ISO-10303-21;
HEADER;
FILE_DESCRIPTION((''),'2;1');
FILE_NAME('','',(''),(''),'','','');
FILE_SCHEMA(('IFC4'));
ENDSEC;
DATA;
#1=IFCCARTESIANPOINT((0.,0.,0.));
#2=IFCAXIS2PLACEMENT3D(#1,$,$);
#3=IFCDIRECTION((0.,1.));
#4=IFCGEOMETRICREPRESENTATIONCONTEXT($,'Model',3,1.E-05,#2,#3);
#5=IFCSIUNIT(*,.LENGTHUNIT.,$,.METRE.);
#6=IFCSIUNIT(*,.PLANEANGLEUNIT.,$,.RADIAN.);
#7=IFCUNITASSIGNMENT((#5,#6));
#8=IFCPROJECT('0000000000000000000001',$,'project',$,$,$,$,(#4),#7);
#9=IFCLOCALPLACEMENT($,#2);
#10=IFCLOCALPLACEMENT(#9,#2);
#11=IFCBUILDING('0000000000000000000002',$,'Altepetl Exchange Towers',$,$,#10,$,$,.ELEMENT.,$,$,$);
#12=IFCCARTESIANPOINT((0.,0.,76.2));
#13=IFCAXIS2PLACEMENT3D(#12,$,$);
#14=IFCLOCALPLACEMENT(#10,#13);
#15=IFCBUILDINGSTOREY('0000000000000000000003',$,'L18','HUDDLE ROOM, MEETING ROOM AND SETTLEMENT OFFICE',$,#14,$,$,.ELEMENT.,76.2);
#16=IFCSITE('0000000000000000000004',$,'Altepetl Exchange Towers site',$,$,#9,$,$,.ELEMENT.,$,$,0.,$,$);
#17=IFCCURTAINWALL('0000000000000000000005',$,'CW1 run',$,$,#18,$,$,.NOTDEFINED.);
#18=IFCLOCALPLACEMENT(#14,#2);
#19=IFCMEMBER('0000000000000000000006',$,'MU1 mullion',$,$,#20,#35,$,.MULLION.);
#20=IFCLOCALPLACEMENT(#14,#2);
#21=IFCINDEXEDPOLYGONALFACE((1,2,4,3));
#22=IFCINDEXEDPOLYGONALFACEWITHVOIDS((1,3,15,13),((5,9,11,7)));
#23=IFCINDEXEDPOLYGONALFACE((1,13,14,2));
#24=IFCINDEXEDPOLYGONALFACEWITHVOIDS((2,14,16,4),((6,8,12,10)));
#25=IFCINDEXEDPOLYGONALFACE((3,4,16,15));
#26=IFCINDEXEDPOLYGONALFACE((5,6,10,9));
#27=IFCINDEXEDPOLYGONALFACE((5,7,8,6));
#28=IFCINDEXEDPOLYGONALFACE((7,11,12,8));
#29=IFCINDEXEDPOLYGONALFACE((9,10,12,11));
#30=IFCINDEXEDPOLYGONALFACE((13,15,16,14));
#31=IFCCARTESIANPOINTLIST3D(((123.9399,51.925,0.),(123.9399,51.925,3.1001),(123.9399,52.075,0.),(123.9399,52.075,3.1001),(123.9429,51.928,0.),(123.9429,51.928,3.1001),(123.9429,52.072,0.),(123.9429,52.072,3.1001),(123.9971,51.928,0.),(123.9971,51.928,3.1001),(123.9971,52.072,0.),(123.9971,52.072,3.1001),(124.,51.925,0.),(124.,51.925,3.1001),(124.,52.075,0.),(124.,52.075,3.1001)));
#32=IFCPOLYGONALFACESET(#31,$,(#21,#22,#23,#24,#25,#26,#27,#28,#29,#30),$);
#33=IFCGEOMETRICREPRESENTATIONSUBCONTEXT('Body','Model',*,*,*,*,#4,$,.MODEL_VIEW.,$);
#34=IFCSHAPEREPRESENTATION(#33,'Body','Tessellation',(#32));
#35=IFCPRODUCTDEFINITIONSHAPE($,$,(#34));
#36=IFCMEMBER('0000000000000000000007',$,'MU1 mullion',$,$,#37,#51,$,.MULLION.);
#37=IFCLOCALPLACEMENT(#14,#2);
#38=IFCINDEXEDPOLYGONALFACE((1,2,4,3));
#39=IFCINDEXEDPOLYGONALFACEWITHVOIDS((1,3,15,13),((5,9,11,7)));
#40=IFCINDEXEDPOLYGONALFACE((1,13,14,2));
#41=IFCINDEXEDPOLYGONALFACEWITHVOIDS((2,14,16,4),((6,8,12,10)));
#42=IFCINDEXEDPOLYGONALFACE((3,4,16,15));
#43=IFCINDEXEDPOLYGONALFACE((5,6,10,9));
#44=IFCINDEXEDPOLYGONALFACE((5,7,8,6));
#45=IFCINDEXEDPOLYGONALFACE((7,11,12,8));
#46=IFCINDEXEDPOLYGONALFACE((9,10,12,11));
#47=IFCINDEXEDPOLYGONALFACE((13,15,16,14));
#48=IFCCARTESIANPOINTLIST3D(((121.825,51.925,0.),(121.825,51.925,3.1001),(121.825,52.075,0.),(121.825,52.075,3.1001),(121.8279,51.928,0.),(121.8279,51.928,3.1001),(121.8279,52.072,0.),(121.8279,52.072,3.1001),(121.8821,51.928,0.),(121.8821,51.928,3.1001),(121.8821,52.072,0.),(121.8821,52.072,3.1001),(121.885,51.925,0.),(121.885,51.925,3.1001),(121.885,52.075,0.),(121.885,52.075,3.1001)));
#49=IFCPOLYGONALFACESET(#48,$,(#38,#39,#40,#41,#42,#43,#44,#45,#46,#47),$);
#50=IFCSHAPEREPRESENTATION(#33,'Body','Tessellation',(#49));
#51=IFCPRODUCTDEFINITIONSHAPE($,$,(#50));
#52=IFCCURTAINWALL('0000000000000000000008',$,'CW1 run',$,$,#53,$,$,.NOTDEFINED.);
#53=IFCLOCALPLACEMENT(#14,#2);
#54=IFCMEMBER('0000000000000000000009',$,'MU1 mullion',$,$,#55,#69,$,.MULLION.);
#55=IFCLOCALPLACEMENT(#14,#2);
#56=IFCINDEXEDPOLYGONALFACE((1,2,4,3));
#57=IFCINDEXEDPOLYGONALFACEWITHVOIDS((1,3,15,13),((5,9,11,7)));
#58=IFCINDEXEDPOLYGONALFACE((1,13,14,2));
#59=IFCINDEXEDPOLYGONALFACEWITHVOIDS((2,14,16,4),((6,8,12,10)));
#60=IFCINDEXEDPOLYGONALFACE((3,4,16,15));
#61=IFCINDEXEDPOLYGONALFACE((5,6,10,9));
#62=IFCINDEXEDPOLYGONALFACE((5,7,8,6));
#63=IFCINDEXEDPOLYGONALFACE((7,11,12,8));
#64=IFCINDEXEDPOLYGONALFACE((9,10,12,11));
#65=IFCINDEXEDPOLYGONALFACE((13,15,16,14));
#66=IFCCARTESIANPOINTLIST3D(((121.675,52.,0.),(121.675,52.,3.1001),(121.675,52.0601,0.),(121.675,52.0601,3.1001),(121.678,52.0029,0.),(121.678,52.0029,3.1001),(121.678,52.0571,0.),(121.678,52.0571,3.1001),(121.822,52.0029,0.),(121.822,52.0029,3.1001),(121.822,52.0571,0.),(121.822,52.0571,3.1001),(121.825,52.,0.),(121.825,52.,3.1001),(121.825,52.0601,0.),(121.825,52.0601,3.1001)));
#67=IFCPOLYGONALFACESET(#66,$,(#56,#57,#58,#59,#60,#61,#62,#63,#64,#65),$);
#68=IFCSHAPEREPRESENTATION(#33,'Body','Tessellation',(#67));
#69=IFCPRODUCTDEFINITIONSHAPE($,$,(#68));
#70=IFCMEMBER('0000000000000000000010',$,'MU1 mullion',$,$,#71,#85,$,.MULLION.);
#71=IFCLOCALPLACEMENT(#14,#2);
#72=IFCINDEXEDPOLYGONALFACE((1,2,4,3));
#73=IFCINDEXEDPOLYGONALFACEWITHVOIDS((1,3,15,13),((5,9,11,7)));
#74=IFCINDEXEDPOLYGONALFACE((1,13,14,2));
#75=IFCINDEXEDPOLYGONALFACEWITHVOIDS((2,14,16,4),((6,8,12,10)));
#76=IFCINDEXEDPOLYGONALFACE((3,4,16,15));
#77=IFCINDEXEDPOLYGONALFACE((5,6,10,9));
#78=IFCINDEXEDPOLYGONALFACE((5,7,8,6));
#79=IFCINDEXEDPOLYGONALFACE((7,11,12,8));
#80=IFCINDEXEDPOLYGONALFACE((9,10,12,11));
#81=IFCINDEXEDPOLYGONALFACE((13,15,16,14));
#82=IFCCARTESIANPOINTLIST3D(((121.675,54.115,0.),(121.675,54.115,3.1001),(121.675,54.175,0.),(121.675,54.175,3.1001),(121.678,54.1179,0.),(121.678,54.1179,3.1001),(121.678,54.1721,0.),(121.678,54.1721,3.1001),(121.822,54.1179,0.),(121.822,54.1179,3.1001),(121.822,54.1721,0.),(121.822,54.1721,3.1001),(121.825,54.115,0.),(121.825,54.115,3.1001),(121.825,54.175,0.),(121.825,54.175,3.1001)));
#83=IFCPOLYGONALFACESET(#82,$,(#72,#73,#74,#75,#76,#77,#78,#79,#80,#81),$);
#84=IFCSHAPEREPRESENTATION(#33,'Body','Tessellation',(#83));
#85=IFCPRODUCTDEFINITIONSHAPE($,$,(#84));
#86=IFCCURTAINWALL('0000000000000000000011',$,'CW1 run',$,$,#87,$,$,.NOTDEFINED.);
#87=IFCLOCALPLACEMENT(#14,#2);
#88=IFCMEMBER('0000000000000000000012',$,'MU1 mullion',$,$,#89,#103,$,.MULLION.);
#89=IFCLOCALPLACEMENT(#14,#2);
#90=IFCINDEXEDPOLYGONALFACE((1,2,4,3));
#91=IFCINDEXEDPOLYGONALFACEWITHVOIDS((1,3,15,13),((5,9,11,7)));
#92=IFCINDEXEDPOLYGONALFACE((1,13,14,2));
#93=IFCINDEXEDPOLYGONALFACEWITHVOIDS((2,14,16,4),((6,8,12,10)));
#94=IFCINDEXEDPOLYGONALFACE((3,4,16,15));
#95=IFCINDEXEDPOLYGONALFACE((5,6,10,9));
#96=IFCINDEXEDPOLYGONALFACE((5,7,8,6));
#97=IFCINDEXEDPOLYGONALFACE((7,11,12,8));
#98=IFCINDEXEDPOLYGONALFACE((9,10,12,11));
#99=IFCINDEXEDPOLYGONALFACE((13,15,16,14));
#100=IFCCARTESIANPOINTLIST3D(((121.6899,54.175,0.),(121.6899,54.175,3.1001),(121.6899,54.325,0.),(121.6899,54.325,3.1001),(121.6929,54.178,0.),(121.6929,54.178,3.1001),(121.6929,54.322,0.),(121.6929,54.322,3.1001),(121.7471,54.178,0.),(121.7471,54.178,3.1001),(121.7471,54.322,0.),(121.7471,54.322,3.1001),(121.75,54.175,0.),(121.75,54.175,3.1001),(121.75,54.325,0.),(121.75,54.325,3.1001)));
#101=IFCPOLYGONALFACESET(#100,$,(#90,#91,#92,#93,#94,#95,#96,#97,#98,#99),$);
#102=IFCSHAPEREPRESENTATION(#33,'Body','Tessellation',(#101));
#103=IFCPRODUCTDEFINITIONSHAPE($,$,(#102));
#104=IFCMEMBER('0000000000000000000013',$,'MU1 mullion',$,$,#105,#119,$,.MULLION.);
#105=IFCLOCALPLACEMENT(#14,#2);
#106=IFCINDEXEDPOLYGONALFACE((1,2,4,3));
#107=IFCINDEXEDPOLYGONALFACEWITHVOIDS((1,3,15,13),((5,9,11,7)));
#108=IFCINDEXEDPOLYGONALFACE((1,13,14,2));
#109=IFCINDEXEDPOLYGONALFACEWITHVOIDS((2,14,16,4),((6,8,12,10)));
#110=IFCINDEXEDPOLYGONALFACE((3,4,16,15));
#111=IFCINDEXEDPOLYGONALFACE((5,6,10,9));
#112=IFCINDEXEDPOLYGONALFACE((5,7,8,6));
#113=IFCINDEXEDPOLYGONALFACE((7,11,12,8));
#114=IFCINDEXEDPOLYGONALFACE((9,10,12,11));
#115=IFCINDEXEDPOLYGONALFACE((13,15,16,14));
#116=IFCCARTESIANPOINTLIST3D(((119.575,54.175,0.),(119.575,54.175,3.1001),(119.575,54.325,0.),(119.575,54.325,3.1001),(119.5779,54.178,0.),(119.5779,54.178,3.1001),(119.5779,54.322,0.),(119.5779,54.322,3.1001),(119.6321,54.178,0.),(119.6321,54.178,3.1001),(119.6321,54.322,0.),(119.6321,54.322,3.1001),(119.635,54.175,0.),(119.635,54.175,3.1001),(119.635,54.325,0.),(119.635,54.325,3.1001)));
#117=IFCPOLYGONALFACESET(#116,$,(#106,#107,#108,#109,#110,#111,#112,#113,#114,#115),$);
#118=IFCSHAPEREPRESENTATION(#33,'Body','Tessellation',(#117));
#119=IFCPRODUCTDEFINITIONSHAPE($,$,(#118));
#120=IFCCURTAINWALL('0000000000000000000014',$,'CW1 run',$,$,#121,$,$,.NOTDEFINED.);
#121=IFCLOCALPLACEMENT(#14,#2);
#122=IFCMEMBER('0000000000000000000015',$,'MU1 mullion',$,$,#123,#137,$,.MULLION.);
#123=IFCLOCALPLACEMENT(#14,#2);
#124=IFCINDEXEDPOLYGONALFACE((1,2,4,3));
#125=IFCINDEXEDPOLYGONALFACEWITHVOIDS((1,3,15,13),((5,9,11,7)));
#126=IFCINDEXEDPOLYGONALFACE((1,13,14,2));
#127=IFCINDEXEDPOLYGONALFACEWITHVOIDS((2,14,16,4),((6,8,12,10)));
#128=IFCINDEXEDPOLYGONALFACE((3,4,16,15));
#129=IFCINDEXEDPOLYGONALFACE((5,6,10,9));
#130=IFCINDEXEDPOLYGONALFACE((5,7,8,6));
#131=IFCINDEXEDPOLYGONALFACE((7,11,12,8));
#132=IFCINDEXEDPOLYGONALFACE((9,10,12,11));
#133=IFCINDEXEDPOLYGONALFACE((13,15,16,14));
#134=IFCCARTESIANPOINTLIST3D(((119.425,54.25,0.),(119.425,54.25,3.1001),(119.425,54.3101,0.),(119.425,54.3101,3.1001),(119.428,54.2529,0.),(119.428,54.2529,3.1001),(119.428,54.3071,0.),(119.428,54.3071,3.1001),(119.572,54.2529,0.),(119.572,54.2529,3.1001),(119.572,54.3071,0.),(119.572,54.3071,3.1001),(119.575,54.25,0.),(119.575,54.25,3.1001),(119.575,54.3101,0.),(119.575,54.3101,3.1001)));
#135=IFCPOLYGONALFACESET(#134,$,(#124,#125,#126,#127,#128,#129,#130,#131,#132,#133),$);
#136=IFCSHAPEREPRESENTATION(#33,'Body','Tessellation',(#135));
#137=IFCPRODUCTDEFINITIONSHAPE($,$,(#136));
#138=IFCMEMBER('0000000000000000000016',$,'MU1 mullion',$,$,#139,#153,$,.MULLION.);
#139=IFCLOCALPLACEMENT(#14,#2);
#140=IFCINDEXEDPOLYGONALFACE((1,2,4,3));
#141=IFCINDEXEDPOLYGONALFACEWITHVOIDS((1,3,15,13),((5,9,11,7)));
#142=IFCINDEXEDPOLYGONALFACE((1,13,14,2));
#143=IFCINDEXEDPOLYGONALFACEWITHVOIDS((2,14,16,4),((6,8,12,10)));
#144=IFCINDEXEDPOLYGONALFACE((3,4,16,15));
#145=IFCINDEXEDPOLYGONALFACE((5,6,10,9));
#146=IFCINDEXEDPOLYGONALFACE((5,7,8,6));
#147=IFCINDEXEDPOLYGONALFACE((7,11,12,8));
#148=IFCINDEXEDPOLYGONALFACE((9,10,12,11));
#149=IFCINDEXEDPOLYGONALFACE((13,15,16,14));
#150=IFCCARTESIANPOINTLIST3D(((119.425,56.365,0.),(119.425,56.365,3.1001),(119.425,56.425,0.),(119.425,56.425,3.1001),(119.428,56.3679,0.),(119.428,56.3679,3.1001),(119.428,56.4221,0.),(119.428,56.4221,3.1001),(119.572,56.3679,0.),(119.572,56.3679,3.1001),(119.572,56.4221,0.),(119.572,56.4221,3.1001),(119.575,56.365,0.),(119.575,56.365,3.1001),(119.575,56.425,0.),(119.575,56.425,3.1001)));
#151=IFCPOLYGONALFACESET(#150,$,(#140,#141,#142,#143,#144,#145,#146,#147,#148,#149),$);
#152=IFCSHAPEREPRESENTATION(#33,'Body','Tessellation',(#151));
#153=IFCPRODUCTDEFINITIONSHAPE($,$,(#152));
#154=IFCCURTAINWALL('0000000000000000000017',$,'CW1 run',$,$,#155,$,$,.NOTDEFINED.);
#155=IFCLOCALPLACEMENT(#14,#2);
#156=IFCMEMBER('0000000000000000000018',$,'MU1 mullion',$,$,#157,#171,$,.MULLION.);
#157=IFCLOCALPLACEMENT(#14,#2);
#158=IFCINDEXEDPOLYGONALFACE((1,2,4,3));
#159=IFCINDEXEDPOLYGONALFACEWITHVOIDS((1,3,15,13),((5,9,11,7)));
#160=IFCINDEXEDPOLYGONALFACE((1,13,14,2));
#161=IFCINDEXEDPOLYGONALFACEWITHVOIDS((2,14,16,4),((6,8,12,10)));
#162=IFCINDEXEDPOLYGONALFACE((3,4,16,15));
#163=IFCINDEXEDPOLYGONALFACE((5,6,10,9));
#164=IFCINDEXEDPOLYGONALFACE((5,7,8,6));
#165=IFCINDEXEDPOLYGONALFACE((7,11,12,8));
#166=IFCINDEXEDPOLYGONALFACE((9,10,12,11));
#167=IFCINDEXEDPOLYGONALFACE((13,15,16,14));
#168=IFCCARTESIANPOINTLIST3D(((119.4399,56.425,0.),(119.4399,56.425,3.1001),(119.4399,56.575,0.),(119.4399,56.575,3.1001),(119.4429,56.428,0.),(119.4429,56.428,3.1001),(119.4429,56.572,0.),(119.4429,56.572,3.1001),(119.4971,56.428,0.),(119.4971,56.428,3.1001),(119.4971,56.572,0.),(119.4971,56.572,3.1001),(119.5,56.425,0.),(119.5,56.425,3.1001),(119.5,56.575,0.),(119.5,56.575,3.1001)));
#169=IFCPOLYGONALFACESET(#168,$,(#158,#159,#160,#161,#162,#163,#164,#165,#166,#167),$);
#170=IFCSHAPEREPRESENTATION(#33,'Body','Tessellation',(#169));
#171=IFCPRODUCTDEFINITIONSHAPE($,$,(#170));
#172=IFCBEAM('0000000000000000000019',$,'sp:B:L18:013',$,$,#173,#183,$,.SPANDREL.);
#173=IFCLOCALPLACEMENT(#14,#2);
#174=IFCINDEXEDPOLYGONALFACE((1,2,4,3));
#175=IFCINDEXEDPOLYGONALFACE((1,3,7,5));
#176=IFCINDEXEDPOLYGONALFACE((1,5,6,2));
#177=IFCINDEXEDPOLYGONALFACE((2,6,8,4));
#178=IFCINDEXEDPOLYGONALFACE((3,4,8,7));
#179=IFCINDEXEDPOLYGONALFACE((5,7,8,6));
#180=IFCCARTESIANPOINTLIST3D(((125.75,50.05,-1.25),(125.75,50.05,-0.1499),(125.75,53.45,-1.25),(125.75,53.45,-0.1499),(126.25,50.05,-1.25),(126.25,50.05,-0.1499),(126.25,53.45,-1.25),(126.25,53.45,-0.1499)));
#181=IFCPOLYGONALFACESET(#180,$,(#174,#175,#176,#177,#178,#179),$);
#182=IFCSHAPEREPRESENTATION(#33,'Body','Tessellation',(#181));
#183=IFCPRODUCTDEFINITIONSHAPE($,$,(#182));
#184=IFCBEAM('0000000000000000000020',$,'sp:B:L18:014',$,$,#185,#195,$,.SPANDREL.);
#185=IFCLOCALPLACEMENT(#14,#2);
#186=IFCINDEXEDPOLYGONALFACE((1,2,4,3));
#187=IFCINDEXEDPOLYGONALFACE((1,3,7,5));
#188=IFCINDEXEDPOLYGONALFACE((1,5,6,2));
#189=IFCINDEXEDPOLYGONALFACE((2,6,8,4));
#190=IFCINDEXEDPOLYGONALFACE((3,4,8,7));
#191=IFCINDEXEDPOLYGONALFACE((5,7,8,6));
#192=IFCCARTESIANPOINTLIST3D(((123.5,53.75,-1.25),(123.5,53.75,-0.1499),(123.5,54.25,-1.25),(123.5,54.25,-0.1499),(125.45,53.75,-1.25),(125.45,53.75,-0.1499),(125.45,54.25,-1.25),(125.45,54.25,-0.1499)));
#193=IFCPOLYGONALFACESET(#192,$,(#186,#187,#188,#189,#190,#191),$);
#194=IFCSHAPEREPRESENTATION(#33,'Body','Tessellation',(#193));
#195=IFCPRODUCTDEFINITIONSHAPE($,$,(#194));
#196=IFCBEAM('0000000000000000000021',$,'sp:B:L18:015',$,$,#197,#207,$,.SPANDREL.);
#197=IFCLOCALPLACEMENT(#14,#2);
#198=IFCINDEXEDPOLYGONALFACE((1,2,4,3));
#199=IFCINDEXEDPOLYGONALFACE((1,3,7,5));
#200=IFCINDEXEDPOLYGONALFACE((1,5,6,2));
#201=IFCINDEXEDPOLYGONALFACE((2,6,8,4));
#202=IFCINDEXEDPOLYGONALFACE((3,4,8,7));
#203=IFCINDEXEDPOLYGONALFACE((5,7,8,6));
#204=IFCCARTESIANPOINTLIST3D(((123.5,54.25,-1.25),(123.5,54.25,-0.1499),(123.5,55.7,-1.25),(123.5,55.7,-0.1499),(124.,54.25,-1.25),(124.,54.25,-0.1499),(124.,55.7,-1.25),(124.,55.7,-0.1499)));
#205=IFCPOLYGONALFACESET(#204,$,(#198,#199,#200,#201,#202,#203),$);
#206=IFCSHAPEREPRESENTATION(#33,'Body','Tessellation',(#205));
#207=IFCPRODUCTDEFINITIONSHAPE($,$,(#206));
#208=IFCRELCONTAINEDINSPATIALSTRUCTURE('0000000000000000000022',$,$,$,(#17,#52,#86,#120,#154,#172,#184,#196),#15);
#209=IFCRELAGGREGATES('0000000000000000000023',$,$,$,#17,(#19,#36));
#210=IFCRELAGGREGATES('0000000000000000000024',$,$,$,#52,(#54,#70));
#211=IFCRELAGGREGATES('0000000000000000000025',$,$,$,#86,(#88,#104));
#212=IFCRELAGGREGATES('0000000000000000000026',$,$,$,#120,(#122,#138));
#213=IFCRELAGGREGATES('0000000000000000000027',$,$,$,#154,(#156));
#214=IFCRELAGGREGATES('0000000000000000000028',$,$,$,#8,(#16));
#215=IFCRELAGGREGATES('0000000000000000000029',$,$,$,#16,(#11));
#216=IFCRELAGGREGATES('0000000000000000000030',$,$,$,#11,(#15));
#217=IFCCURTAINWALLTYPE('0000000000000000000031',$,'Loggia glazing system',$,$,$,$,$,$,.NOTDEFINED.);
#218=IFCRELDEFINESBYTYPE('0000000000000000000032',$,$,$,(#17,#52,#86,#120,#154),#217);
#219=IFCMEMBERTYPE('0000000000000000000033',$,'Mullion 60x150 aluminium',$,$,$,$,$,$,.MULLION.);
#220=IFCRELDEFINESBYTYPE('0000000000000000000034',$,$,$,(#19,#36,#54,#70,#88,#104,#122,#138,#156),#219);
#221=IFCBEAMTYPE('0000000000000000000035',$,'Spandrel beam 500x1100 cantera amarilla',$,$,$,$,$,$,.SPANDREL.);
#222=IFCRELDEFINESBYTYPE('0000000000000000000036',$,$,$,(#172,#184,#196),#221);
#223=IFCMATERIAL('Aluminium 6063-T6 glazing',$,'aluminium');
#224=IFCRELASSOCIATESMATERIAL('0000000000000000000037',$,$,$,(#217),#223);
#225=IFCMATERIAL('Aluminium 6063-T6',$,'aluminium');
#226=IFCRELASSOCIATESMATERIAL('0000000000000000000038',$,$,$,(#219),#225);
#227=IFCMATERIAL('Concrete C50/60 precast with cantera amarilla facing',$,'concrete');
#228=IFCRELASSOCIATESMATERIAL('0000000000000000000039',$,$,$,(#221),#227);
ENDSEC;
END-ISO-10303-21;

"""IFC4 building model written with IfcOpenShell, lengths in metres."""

from ifc_helpers import new_model, si_unit, direction, frame, origin, origin_2d, place, context, subcontext, project, spatial, rectangle, hollow_rectangle, extrude, material, material_profile, profile_set, type_object, element, aggregate, save


model = new_model("IFC4")

# Units and contexts
model_context = context("Model", 3, precision=1e-05, world=origin(), true_north=direction((0.0, 1.0)))
body_context = subcontext(model_context, "Body", "Model", "MODEL_VIEW")
ifc_project = project(units=[si_unit("LENGTHUNIT", "METRE"), si_unit("PLANEANGLEUNIT", "RADIAN")], contexts=[model_context])

# Site, building, storey
site_placement = place(None, origin())
site = spatial("IfcSite", under=ifc_project, at=site_placement, Name="Altepetl Exchange Towers site", CompositionType="ELEMENT", RefElevation=0.0)
building_placement = place(site_placement, origin())
building = spatial("IfcBuilding", under=site, at=building_placement, Name="Altepetl Exchange Towers", CompositionType="ELEMENT")
storey_placement = place(building_placement, frame((0.0, 0.0, 76.2)))
storey = spatial("IfcBuildingStorey", under=building, at=storey_placement, Name="L18", Description="HUDDLE ROOM, MEETING ROOM AND SETTLEMENT OFFICE", CompositionType="ELEMENT", Elevation=76.2)

# Curtain walls, members
ifc_material_1 = material(Name="Aluminium 6063-T6 glazing", Category="aluminium")
curtain_wall_type = type_object("IfcCurtainWallType", Name="Loggia glazing system", PredefinedType="NOTDEFINED", material=ifc_material_1)
ifc_material_2 = material(Name="Aluminium 6063-T6", Category="aluminium")
ifc_material_profile_1 = material_profile(ifc_material_2, hollow_rectangle(XDim=0.0601, YDim=0.1499, WallThickness=0.0029, at=origin_2d()), Name="Mullion 60x150 aluminium")
ifc_profile_set_1 = profile_set([ifc_material_profile_1], Name="Aluminium 6063-T6")
member_type = type_object("IfcMemberType", Name="Mullion 60x150 aluminium", PredefinedType="MULLION", material=ifc_profile_set_1)
curtain_wall_1_placement = place(storey_placement, origin())
curtain_wall_1 = element("IfcCurtainWall", 1, at=curtain_wall_1_placement, inside=storey, type_object=curtain_wall_type, Name="CW1 run", PredefinedType="NOTDEFINED")
member_1_placement = place(storey_placement, frame((123.97, 52.0, 0.0), z_axis=(0.0, 0.0, 1.0), x_axis=(-1.0, 0.0, 0.0)))
member_1 = element("IfcMember", 2, at=member_1_placement, type_object=member_type, Name="MU1 mullion", PredefinedType="MULLION", context=body_context, shape_type="SweptSolid", body=[
    extrude(hollow_rectangle(XDim=0.0601, YDim=0.1499, WallThickness=0.0029, at=origin_2d()), origin(), (0.0, 0.0, 1.0), 3.1001),
])
member_2_placement = place(storey_placement, frame((121.855, 52.0, 0.0), z_axis=(0.0, 0.0, 1.0), x_axis=(-1.0, 0.0, 0.0)))
member_2 = element("IfcMember", 3, at=member_2_placement, type_object=member_type, Name="MU1 mullion", PredefinedType="MULLION", context=body_context, shape_type="SweptSolid", body=[
    extrude(hollow_rectangle(XDim=0.0601, YDim=0.1499, WallThickness=0.0029, at=origin_2d()), origin(), (0.0, 0.0, 1.0), 3.1001),
])
curtain_wall_2_placement = place(storey_placement, origin())
curtain_wall_2 = element("IfcCurtainWall", 4, at=curtain_wall_2_placement, inside=storey, type_object=curtain_wall_type, Name="CW1 run", PredefinedType="NOTDEFINED")
member_3_placement = place(storey_placement, frame((121.75, 52.03, 0.0), z_axis=(0.0, 0.0, 1.0), x_axis=(0.0, 1.0, 0.0)))
member_3 = element("IfcMember", 5, at=member_3_placement, type_object=member_type, Name="MU1 mullion", PredefinedType="MULLION", context=body_context, shape_type="SweptSolid", body=[
    extrude(hollow_rectangle(XDim=0.0601, YDim=0.1499, WallThickness=0.0029, at=origin_2d()), origin(), (0.0, 0.0, 1.0), 3.1001),
])
member_4_placement = place(storey_placement, frame((121.75, 54.145, 0.0), z_axis=(0.0, 0.0, 1.0), x_axis=(0.0, 1.0, 0.0)))
member_4 = element("IfcMember", 6, at=member_4_placement, type_object=member_type, Name="MU1 mullion", PredefinedType="MULLION", context=body_context, shape_type="SweptSolid", body=[
    extrude(hollow_rectangle(XDim=0.0601, YDim=0.1499, WallThickness=0.0029, at=origin_2d()), origin(), (0.0, 0.0, 1.0), 3.1001),
])
curtain_wall_3_placement = place(storey_placement, origin())
curtain_wall_3 = element("IfcCurtainWall", 7, at=curtain_wall_3_placement, inside=storey, type_object=curtain_wall_type, Name="CW1 run", PredefinedType="NOTDEFINED")
member_5_placement = place(storey_placement, frame((121.72, 54.25, 0.0), z_axis=(0.0, 0.0, 1.0), x_axis=(-1.0, 0.0, 0.0)))
member_5 = element("IfcMember", 8, at=member_5_placement, type_object=member_type, Name="MU1 mullion", PredefinedType="MULLION", context=body_context, shape_type="SweptSolid", body=[
    extrude(hollow_rectangle(XDim=0.0601, YDim=0.1499, WallThickness=0.0029, at=origin_2d()), origin(), (0.0, 0.0, 1.0), 3.1001),
])
member_6_placement = place(storey_placement, frame((119.605, 54.25, 0.0), z_axis=(0.0, 0.0, 1.0), x_axis=(-1.0, 0.0, 0.0)))
member_6 = element("IfcMember", 9, at=member_6_placement, type_object=member_type, Name="MU1 mullion", PredefinedType="MULLION", context=body_context, shape_type="SweptSolid", body=[
    extrude(hollow_rectangle(XDim=0.0601, YDim=0.1499, WallThickness=0.0029, at=origin_2d()), origin(), (0.0, 0.0, 1.0), 3.1001),
])
curtain_wall_4_placement = place(storey_placement, origin())
curtain_wall_4 = element("IfcCurtainWall", 10, at=curtain_wall_4_placement, inside=storey, type_object=curtain_wall_type, Name="CW1 run", PredefinedType="NOTDEFINED")
member_7_placement = place(storey_placement, frame((119.5, 54.28, 0.0), z_axis=(0.0, 0.0, 1.0), x_axis=(0.0, 1.0, 0.0)))
member_7 = element("IfcMember", 11, at=member_7_placement, type_object=member_type, Name="MU1 mullion", PredefinedType="MULLION", context=body_context, shape_type="SweptSolid", body=[
    extrude(hollow_rectangle(XDim=0.0601, YDim=0.1499, WallThickness=0.0029, at=origin_2d()), origin(), (0.0, 0.0, 1.0), 3.1001),
])
member_8_placement = place(storey_placement, frame((119.5, 56.395, 0.0), z_axis=(0.0, 0.0, 1.0), x_axis=(0.0, 1.0, 0.0)))
member_8 = element("IfcMember", 12, at=member_8_placement, type_object=member_type, Name="MU1 mullion", PredefinedType="MULLION", context=body_context, shape_type="SweptSolid", body=[
    extrude(hollow_rectangle(XDim=0.0601, YDim=0.1499, WallThickness=0.0029, at=origin_2d()), origin(), (0.0, 0.0, 1.0), 3.1001),
])

# Curtain wall, member
curtain_wall_5_placement = place(storey_placement, origin())
curtain_wall_5 = element("IfcCurtainWall", 13, at=curtain_wall_5_placement, inside=storey, type_object=curtain_wall_type, Name="CW1 run", PredefinedType="NOTDEFINED")
member_9_placement = place(storey_placement, frame((119.47, 56.5, 0.0), z_axis=(0.0, 0.0, 1.0), x_axis=(-1.0, 0.0, 0.0)))
member_9 = element("IfcMember", 14, at=member_9_placement, type_object=member_type, Name="MU1 mullion", PredefinedType="MULLION", context=body_context, shape_type="SweptSolid", body=[
    extrude(hollow_rectangle(XDim=0.0601, YDim=0.1499, WallThickness=0.0029, at=origin_2d()), origin(), (0.0, 0.0, 1.0), 3.1001),
])

# Beams
ifc_material_3 = material(Name="Concrete C50/60 precast with cantera amarilla facing", Category="concrete")
ifc_material_profile_2 = material_profile(ifc_material_3, rectangle(XDim=0.5, YDim=1.1001, at=origin_2d()), Name="500 x 1100")
ifc_profile_set_2 = profile_set([ifc_material_profile_2], Name="Concrete C50/60 precast with cantera amarilla facing")
beam_type_1 = type_object("IfcBeamType", Name="Spandrel beam 500x1100 cantera amarilla", PredefinedType="SPANDREL", material=ifc_profile_set_2)
beam_1_placement = place(storey_placement, frame((126.0, 50.05, -0.7), z_axis=(0.0, 1.0, 0.0), x_axis=(-1.0, 0.0, 0.0)))
element("IfcBeam", 15, at=beam_1_placement, inside=storey, type_object=beam_type_1, Name="sp:B:L18:013", PredefinedType="SPANDREL", context=body_context, shape_type="SweptSolid", body=[
    extrude(rectangle(XDim=0.5, YDim=1.1001, at=origin_2d()), origin(), (0.0, 0.0, 1.0), 3.3999),
])
beam_2_placement = place(storey_placement, frame((125.45, 54.0, -0.7), z_axis=(-1.0, 0.0, 0.0), x_axis=(0.0, -1.0, 0.0)))
element("IfcBeam", 16, at=beam_2_placement, inside=storey, type_object=beam_type_1, Name="sp:B:L18:014", PredefinedType="SPANDREL", context=body_context, shape_type="SweptSolid", body=[
    extrude(rectangle(XDim=0.5, YDim=1.1001, at=origin_2d()), origin(), (0.0, 0.0, 1.0), 1.95),
])
beam_3_placement = place(storey_placement, frame((123.75, 54.25, -0.7), z_axis=(0.0, 1.0, 0.0), x_axis=(-1.0, 0.0, 0.0)))
element("IfcBeam", 17, at=beam_3_placement, inside=storey, type_object=beam_type_1, Name="sp:B:L18:015", PredefinedType="SPANDREL", context=body_context, shape_type="SweptSolid", body=[
    extrude(rectangle(XDim=0.5, YDim=1.1001, at=origin_2d()), origin(), (0.0, 0.0, 1.0), 1.45),
])

aggregate(curtain_wall_1, [member_1, member_2])
aggregate(curtain_wall_2, [member_3, member_4])
aggregate(curtain_wall_3, [member_5, member_6])
aggregate(curtain_wall_4, [member_7, member_8])
aggregate(curtain_wall_5, [member_9])

save(model, "model.ifc")
